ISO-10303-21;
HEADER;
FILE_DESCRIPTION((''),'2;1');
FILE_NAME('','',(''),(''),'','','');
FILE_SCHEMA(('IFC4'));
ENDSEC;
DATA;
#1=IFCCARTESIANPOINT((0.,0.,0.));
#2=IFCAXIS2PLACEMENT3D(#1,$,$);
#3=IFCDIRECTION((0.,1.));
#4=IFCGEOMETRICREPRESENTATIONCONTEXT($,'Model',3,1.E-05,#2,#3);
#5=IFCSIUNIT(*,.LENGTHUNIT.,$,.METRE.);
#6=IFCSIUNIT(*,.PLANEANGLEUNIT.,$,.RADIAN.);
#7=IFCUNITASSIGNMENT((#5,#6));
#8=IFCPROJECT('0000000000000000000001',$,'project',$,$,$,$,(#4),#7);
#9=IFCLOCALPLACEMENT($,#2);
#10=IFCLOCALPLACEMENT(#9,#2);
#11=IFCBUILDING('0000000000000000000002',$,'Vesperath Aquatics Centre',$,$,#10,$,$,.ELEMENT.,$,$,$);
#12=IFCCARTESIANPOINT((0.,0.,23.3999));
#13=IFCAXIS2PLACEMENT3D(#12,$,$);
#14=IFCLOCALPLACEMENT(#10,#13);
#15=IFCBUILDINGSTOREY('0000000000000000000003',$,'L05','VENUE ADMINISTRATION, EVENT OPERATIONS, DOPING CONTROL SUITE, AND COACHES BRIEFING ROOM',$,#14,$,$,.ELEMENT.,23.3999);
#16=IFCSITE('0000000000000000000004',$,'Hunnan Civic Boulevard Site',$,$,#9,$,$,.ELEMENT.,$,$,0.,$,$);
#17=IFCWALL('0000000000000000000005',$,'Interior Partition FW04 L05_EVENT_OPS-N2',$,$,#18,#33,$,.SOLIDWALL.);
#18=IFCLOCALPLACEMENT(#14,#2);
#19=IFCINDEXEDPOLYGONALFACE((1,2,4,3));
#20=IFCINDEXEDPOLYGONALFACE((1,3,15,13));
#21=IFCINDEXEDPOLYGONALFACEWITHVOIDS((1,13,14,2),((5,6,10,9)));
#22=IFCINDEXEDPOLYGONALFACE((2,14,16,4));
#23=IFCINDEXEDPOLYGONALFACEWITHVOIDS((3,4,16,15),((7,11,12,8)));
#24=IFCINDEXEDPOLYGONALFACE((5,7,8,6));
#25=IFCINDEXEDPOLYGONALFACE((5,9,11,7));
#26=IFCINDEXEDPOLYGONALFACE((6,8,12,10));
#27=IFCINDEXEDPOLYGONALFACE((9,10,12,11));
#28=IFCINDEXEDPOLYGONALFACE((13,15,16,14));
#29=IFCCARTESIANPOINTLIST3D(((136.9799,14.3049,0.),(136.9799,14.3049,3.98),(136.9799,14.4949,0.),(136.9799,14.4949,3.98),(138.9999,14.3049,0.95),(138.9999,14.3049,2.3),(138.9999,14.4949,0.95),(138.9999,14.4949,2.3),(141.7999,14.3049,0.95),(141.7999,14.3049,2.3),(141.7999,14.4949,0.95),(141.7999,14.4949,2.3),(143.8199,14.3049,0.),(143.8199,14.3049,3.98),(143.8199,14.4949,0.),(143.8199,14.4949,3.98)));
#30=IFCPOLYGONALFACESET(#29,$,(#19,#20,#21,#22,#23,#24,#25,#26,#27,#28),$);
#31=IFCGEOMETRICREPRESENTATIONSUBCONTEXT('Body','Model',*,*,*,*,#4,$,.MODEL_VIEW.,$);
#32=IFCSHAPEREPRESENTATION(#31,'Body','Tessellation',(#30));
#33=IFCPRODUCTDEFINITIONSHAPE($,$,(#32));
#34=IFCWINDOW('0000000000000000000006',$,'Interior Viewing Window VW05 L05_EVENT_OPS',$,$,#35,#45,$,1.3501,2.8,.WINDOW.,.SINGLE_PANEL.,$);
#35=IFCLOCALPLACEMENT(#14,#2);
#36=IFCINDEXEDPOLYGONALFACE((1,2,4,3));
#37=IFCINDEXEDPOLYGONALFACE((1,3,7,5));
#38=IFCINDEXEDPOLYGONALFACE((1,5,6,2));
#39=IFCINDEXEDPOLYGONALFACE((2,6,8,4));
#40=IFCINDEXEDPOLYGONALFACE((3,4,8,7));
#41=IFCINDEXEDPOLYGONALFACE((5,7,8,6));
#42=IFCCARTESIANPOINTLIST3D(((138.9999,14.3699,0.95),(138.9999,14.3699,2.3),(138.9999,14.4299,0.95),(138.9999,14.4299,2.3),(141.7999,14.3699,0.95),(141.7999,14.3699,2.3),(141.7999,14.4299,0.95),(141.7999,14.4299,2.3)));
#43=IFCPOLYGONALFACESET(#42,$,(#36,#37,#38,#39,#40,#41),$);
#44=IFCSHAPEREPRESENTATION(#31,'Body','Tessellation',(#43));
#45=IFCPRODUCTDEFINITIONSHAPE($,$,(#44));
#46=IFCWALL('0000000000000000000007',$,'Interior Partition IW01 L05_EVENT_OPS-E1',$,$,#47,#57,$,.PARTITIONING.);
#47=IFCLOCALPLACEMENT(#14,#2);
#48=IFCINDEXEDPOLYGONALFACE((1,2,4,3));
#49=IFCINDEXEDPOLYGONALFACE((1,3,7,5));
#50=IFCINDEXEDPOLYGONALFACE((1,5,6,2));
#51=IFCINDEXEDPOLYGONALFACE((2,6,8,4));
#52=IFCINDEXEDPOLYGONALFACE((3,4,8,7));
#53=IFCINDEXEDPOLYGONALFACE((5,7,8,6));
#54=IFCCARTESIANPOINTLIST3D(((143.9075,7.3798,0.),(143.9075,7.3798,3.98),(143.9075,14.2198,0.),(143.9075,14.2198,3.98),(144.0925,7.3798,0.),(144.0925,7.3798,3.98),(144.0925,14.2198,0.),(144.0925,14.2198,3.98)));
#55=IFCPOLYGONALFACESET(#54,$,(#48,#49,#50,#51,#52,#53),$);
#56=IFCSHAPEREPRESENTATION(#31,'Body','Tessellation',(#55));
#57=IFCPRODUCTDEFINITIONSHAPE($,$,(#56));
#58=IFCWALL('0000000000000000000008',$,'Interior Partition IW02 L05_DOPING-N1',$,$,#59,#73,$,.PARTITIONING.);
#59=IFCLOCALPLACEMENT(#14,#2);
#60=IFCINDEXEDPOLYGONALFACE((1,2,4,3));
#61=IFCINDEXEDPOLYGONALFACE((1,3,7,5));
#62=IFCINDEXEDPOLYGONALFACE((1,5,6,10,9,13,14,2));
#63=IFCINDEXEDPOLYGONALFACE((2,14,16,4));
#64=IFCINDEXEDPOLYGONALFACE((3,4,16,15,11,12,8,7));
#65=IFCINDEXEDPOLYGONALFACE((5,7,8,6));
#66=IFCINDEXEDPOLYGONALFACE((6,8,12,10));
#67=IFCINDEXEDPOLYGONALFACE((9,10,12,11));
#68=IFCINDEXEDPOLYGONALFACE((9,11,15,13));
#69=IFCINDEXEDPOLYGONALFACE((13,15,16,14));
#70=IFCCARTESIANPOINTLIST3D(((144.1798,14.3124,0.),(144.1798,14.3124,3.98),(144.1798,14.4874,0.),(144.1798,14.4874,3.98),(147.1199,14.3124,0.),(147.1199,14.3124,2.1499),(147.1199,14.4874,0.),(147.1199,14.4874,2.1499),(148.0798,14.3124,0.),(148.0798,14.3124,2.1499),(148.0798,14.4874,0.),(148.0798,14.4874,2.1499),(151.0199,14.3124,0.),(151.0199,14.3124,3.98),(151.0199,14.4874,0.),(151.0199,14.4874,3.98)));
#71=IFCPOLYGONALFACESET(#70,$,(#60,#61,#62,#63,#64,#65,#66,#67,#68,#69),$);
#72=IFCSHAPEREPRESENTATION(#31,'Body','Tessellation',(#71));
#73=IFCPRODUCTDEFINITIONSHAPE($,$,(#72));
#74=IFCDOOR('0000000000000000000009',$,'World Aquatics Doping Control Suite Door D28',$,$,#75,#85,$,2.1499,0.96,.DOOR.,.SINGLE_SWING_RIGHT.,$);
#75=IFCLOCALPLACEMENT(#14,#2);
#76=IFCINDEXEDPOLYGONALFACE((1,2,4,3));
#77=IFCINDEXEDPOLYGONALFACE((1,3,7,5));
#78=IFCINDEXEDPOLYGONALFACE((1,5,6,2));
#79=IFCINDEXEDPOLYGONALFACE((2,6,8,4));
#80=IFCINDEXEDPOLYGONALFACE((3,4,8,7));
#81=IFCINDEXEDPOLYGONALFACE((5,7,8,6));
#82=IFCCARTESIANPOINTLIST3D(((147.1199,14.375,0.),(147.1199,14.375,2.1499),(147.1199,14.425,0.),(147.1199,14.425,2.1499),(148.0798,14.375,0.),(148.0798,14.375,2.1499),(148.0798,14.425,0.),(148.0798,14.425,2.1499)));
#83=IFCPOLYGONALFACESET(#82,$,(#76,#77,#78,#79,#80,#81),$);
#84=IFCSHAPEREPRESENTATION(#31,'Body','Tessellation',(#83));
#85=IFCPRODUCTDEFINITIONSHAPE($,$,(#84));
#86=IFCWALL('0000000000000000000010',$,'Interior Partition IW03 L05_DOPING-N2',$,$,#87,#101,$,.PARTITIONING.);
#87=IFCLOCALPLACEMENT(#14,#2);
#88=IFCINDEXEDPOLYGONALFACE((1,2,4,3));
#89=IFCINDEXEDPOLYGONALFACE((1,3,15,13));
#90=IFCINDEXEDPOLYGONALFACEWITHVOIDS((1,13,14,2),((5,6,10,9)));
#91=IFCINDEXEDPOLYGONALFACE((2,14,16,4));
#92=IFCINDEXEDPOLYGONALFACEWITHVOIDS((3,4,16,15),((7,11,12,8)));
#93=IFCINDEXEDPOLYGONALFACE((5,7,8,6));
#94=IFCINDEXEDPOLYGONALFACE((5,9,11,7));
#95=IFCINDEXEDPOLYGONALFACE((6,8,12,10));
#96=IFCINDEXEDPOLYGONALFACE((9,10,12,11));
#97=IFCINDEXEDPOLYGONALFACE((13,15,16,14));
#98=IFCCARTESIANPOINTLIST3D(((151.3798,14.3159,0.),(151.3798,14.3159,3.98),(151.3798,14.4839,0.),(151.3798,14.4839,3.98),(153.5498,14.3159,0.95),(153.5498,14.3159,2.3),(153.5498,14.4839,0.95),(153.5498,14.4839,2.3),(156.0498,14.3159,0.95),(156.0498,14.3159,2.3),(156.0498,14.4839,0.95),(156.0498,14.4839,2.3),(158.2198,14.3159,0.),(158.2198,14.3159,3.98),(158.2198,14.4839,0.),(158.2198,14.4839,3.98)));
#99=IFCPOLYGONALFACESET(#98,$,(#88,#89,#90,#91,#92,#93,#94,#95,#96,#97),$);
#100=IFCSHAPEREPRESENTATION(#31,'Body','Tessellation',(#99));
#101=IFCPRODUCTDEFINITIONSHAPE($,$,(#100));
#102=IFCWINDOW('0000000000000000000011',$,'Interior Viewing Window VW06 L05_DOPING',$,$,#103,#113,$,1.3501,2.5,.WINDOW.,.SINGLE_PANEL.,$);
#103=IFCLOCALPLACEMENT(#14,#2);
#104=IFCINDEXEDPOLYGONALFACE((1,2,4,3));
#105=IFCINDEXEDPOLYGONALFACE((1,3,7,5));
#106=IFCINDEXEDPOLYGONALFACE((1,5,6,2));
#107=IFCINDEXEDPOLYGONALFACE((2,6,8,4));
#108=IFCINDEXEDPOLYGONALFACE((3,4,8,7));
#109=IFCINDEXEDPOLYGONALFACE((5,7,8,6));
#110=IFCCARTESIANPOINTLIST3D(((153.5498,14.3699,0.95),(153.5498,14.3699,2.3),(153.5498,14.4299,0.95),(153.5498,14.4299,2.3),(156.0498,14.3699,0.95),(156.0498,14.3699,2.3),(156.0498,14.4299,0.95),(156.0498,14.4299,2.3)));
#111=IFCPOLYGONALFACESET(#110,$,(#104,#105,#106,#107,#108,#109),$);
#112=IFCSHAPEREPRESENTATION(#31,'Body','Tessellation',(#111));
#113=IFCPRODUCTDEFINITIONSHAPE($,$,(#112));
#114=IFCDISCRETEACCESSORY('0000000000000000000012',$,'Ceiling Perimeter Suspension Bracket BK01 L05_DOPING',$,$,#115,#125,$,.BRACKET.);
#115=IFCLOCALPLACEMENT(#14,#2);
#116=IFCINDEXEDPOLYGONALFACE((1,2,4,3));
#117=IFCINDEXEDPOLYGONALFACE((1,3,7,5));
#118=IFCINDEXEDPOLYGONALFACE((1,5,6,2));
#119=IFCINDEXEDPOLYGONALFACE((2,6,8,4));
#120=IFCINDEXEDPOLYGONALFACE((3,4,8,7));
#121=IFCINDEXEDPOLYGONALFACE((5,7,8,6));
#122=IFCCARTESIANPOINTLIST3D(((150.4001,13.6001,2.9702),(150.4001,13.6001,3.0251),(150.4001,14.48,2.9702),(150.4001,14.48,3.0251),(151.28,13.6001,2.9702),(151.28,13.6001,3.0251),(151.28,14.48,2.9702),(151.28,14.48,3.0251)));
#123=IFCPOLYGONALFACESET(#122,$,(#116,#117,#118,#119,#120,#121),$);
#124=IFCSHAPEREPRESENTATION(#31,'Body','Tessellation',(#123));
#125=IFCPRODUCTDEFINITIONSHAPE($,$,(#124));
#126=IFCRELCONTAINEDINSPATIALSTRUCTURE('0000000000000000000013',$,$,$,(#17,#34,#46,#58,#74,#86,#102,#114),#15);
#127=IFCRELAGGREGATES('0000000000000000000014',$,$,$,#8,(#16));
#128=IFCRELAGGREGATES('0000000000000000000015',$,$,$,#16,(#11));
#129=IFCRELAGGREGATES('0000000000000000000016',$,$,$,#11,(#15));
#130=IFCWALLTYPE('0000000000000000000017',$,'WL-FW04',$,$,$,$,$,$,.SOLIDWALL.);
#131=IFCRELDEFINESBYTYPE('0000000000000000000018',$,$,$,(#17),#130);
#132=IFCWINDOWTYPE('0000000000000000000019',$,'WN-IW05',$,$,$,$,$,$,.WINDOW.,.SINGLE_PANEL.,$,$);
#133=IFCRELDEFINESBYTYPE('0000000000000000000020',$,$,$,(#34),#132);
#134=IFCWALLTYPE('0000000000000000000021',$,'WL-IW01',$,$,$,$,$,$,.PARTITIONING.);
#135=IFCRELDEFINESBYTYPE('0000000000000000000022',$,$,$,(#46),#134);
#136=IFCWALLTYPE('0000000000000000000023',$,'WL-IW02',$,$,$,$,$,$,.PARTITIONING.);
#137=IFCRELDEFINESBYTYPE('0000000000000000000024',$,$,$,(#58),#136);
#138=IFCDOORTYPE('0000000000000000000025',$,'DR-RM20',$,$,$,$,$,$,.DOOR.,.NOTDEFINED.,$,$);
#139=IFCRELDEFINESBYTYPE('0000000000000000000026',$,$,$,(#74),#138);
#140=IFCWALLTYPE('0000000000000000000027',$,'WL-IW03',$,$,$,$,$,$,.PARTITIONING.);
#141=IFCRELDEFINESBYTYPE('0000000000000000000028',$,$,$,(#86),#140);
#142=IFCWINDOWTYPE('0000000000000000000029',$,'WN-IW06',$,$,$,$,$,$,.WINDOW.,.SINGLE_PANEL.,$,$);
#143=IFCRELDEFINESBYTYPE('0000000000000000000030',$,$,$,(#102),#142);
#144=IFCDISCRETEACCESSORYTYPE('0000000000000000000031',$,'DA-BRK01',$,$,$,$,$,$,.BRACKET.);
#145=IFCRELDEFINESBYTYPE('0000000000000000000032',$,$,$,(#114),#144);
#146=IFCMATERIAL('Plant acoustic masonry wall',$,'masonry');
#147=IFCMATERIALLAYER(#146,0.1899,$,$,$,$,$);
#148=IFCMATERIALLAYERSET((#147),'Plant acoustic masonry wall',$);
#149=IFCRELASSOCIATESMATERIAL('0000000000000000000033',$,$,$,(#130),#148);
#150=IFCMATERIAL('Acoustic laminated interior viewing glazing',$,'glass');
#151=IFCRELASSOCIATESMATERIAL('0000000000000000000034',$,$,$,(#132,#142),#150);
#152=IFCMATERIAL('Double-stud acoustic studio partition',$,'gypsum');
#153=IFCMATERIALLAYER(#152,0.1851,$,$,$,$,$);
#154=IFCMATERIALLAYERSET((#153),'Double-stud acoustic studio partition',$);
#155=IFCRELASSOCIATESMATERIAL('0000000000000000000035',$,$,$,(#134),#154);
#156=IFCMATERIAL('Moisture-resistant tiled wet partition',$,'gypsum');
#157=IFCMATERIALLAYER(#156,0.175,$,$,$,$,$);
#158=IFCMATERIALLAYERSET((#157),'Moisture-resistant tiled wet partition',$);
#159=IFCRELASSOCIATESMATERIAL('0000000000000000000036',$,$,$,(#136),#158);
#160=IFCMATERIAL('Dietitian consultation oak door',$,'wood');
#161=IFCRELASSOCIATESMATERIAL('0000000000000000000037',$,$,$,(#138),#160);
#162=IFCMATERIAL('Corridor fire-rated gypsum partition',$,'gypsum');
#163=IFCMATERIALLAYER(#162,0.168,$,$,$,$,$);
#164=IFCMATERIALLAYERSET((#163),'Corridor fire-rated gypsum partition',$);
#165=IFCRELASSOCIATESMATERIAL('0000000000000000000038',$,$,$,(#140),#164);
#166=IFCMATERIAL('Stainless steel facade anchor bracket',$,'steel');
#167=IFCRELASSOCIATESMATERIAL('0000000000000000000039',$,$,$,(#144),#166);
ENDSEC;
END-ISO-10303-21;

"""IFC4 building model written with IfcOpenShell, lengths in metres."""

from ifc_helpers import new_model, si_unit, direction, frame, frame_2d, origin, origin_2d, place, context, subcontext, project, spatial, rectangle, extrude, material, layer, layer_set, type_object, element, fill, save


model = new_model("IFC4")

# Units and contexts
model_context = context("Model", 3, precision=1e-05, world=origin(), true_north=direction((0.0, 1.0)))
body_context = subcontext(model_context, "Body", "Model", "MODEL_VIEW")
ifc_project = project(units=[si_unit("LENGTHUNIT", "METRE"), si_unit("PLANEANGLEUNIT", "RADIAN")], contexts=[model_context])

# Site, building, storey
site_placement = place(None, origin())
site = spatial("IfcSite", under=ifc_project, at=site_placement, Name="Hunnan Civic Boulevard Site", CompositionType="ELEMENT", RefElevation=0.0)
building_placement = place(site_placement, origin())
building = spatial("IfcBuilding", under=site, at=building_placement, Name="Vesperath Aquatics Centre", CompositionType="ELEMENT")
storey_placement = place(building_placement, frame((0.0, 0.0, 23.3999)))
storey = spatial("IfcBuildingStorey", under=building, at=storey_placement, Name="L05", Description="VENUE ADMINISTRATION, EVENT OPERATIONS, DOPING CONTROL SUITE, AND COACHES BRIEFING ROOM", CompositionType="ELEMENT", Elevation=23.3999)

# Wall, opening, window
ifc_material_1 = material(Name="Plant acoustic masonry wall", Category="masonry")
ifc_layer_1 = layer(ifc_material_1, 0.1899)
ifc_layer_set_1 = layer_set([ifc_layer_1], Name="Plant acoustic masonry wall")
wall_type_1 = type_object("IfcWallType", Name="WL-FW04", PredefinedType="SOLIDWALL", material=ifc_layer_set_1)
wall_1_placement = place(storey_placement, frame((136.98, 14.3999, 0.0), z_axis=(0.0, 0.0, 1.0), x_axis=(1.0, 0.0, 0.0)))
wall_1 = element("IfcWall", 1, at=wall_1_placement, inside=storey, type_object=wall_type_1, Name="Interior Partition FW04 L05_EVENT_OPS-N2", PredefinedType="SOLIDWALL", context=body_context, shape_type="SweptSolid", body=[
    extrude(rectangle(XDim=6.8401, YDim=0.1899, at=frame_2d((3.4199, 0.0))), origin(), (0.0, 0.0, 1.0), 3.98),
])
opening_1_placement = place(wall_1_placement, frame((2.02, 0.0, 0.95)))
opening_1 = element("IfcOpeningElement", 2, at=opening_1_placement, cuts=wall_1, PredefinedType="OPENING", context=body_context, shape_type="SweptSolid", body=[
    extrude(rectangle(XDim=2.8, YDim=1.3501, at=frame_2d((1.3999, 0.675))), frame((0.0, 0.1099, 0.0), z_axis=(0.0, -1.0, 0.0), x_axis=(1.0, 0.0, 0.0)), (0.0, 0.0, 1.0), 0.2197),
])
ifc_material_2 = material(Name="Acoustic laminated interior viewing glazing", Category="glass")
window_type_1 = type_object("IfcWindowType", Name="WN-IW05", PartitioningType="SINGLE_PANEL", PredefinedType="WINDOW", material=ifc_material_2)
window_1_placement = place(opening_1_placement, origin())
window_1 = element("IfcWindow", 3, at=window_1_placement, inside=storey, type_object=window_type_1, Name="Interior Viewing Window VW05 L05_EVENT_OPS", OverallHeight=1.3501, OverallWidth=2.8, PartitioningType="SINGLE_PANEL", PredefinedType="WINDOW", context=body_context, shape_type="SweptSolid", body=[
    extrude(rectangle(XDim=2.8, YDim=1.3501, at=frame_2d((1.3999, 0.675))), frame((0.0, 0.03, 0.0), z_axis=(0.0, -1.0, 0.0), x_axis=(1.0, 0.0, 0.0)), (0.0, 0.0, 1.0), 0.0601),
])
fill(opening_1, window_1)

# Wall
ifc_material_3 = material(Name="Double-stud acoustic studio partition", Category="gypsum")
ifc_layer_2 = layer(ifc_material_3, 0.1851)
ifc_layer_set_2 = layer_set([ifc_layer_2], Name="Double-stud acoustic studio partition")
wall_type_2 = type_object("IfcWallType", Name="WL-IW01", PredefinedType="PARTITIONING", material=ifc_layer_set_2)
wall_2_placement = place(storey_placement, frame((144.0, 7.3799, 0.0), z_axis=(0.0, 0.0, 1.0), x_axis=(0.0, 1.0, 0.0)))
element("IfcWall", 4, at=wall_2_placement, inside=storey, type_object=wall_type_2, Name="Interior Partition IW01 L05_EVENT_OPS-E1", PredefinedType="PARTITIONING", context=body_context, shape_type="SweptSolid", body=[
    extrude(rectangle(XDim=6.8401, YDim=0.1851, at=frame_2d((3.4199, 0.0))), origin(), (0.0, 0.0, 1.0), 3.98),
])

# Wall, opening, door
ifc_material_4 = material(Name="Moisture-resistant tiled wet partition", Category="gypsum")
ifc_layer_3 = layer(ifc_material_4, 0.175)
ifc_layer_set_3 = layer_set([ifc_layer_3], Name="Moisture-resistant tiled wet partition")
wall_type_3 = type_object("IfcWallType", Name="WL-IW02", PredefinedType="PARTITIONING", material=ifc_layer_set_3)
wall_3_placement = place(storey_placement, frame((144.1799, 14.3999, 0.0), z_axis=(0.0, 0.0, 1.0), x_axis=(1.0, 0.0, 0.0)))
wall_3 = element("IfcWall", 5, at=wall_3_placement, inside=storey, type_object=wall_type_3, Name="Interior Partition IW02 L05_DOPING-N1", PredefinedType="PARTITIONING", context=body_context, shape_type="SweptSolid", body=[
    extrude(rectangle(XDim=6.8401, YDim=0.175, at=frame_2d((3.4199, 0.0))), origin(), (0.0, 0.0, 1.0), 3.98),
])
opening_2_placement = place(wall_3_placement, frame((2.9399, 0.0, 0.0)))
opening_2 = element("IfcOpeningElement", 6, at=opening_2_placement, cuts=wall_3, PredefinedType="OPENING", context=body_context, shape_type="SweptSolid", body=[
    extrude(rectangle(XDim=0.96, YDim=2.1499, at=frame_2d((0.48, 1.075))), frame((0.0, 0.1025, 0.0), z_axis=(0.0, -1.0, 0.0), x_axis=(1.0, 0.0, 0.0)), (0.0, 0.0, 1.0), 0.2048),
])
ifc_material_5 = material(Name="Dietitian consultation oak door", Category="wood")
door_type = type_object("IfcDoorType", Name="DR-RM20", OperationType="NOTDEFINED", PredefinedType="DOOR", material=ifc_material_5)
door_placement = place(opening_2_placement, frame((0.96, 0.0, 0.0), z_axis=(0.0, 0.0, 1.0), x_axis=(-1.0, 0.0, 0.0)))
door = element("IfcDoor", 7, at=door_placement, inside=storey, type_object=door_type, Name="World Aquatics Doping Control Suite Door D28", OperationType="SINGLE_SWING_RIGHT", OverallHeight=2.1499, OverallWidth=0.96, PredefinedType="DOOR", context=body_context, shape_type="SweptSolid", body=[
    extrude(rectangle(XDim=0.96, YDim=2.1499, at=frame_2d((0.48, 1.075))), frame((0.0, 0.0249, 0.0), z_axis=(0.0, -1.0, 0.0), x_axis=(1.0, 0.0, 0.0)), (0.0, 0.0, 1.0), 0.05),
])
fill(opening_2, door)

# Wall, opening, window
ifc_material_6 = material(Name="Corridor fire-rated gypsum partition", Category="gypsum")
ifc_layer_4 = layer(ifc_material_6, 0.168)
ifc_layer_set_4 = layer_set([ifc_layer_4], Name="Corridor fire-rated gypsum partition")
wall_type_4 = type_object("IfcWallType", Name="WL-IW03", PredefinedType="PARTITIONING", material=ifc_layer_set_4)
wall_4_placement = place(storey_placement, frame((151.3799, 14.3999, 0.0), z_axis=(0.0, 0.0, 1.0), x_axis=(1.0, 0.0, 0.0)))
wall_4 = element("IfcWall", 8, at=wall_4_placement, inside=storey, type_object=wall_type_4, Name="Interior Partition IW03 L05_DOPING-N2", PredefinedType="PARTITIONING", context=body_context, shape_type="SweptSolid", body=[
    extrude(rectangle(XDim=6.8401, YDim=0.168, at=frame_2d((3.4199, 0.0))), origin(), (0.0, 0.0, 1.0), 3.98),
])
opening_3_placement = place(wall_4_placement, frame((2.1699, 0.0, 0.95)))
opening_3 = element("IfcOpeningElement", 9, at=opening_3_placement, cuts=wall_4, PredefinedType="OPENING", context=body_context, shape_type="SweptSolid", body=[
    extrude(rectangle(XDim=2.5, YDim=1.3501, at=frame_2d((1.25, 0.675))), frame((0.0, 0.0989, 0.0), z_axis=(0.0, -1.0, 0.0), x_axis=(1.0, 0.0, 0.0)), (0.0, 0.0, 1.0), 0.1978),
])
window_type_2 = type_object("IfcWindowType", Name="WN-IW06", PartitioningType="SINGLE_PANEL", PredefinedType="WINDOW", material=ifc_material_2)
window_2_placement = place(opening_3_placement, origin())
window_2 = element("IfcWindow", 10, at=window_2_placement, inside=storey, type_object=window_type_2, Name="Interior Viewing Window VW06 L05_DOPING", OverallHeight=1.3501, OverallWidth=2.5, PartitioningType="SINGLE_PANEL", PredefinedType="WINDOW", context=body_context, shape_type="SweptSolid", body=[
    extrude(rectangle(XDim=2.5, YDim=1.3501, at=frame_2d((1.25, 0.675))), frame((0.0, 0.03, 0.0), z_axis=(0.0, -1.0, 0.0), x_axis=(1.0, 0.0, 0.0)), (0.0, 0.0, 1.0), 0.0601),
])
fill(opening_3, window_2)

# Discrete accessory
ifc_material_7 = material(Name="Stainless steel facade anchor bracket", Category="steel")
discrete_accessory_type = type_object("IfcDiscreteAccessoryType", Name="DA-BRK01", PredefinedType="BRACKET", material=ifc_material_7)
discrete_accessory_placement = place(storey_placement, frame((150.8401, 14.04, 2.9702), z_axis=(0.0, 0.0, 1.0), x_axis=(1.0, 0.0, 0.0)))
element("IfcDiscreteAccessory", 11, at=discrete_accessory_placement, inside=storey, type_object=discrete_accessory_type, Name="Ceiling Perimeter Suspension Bracket BK01 L05_DOPING", PredefinedType="BRACKET", context=body_context, shape_type="SweptSolid", body=[
    extrude(rectangle(XDim=0.8799, YDim=0.8799, at=origin_2d()), origin(), (0.0, 0.0, 1.0), 0.0549),
])

save(model, "model.ifc")
